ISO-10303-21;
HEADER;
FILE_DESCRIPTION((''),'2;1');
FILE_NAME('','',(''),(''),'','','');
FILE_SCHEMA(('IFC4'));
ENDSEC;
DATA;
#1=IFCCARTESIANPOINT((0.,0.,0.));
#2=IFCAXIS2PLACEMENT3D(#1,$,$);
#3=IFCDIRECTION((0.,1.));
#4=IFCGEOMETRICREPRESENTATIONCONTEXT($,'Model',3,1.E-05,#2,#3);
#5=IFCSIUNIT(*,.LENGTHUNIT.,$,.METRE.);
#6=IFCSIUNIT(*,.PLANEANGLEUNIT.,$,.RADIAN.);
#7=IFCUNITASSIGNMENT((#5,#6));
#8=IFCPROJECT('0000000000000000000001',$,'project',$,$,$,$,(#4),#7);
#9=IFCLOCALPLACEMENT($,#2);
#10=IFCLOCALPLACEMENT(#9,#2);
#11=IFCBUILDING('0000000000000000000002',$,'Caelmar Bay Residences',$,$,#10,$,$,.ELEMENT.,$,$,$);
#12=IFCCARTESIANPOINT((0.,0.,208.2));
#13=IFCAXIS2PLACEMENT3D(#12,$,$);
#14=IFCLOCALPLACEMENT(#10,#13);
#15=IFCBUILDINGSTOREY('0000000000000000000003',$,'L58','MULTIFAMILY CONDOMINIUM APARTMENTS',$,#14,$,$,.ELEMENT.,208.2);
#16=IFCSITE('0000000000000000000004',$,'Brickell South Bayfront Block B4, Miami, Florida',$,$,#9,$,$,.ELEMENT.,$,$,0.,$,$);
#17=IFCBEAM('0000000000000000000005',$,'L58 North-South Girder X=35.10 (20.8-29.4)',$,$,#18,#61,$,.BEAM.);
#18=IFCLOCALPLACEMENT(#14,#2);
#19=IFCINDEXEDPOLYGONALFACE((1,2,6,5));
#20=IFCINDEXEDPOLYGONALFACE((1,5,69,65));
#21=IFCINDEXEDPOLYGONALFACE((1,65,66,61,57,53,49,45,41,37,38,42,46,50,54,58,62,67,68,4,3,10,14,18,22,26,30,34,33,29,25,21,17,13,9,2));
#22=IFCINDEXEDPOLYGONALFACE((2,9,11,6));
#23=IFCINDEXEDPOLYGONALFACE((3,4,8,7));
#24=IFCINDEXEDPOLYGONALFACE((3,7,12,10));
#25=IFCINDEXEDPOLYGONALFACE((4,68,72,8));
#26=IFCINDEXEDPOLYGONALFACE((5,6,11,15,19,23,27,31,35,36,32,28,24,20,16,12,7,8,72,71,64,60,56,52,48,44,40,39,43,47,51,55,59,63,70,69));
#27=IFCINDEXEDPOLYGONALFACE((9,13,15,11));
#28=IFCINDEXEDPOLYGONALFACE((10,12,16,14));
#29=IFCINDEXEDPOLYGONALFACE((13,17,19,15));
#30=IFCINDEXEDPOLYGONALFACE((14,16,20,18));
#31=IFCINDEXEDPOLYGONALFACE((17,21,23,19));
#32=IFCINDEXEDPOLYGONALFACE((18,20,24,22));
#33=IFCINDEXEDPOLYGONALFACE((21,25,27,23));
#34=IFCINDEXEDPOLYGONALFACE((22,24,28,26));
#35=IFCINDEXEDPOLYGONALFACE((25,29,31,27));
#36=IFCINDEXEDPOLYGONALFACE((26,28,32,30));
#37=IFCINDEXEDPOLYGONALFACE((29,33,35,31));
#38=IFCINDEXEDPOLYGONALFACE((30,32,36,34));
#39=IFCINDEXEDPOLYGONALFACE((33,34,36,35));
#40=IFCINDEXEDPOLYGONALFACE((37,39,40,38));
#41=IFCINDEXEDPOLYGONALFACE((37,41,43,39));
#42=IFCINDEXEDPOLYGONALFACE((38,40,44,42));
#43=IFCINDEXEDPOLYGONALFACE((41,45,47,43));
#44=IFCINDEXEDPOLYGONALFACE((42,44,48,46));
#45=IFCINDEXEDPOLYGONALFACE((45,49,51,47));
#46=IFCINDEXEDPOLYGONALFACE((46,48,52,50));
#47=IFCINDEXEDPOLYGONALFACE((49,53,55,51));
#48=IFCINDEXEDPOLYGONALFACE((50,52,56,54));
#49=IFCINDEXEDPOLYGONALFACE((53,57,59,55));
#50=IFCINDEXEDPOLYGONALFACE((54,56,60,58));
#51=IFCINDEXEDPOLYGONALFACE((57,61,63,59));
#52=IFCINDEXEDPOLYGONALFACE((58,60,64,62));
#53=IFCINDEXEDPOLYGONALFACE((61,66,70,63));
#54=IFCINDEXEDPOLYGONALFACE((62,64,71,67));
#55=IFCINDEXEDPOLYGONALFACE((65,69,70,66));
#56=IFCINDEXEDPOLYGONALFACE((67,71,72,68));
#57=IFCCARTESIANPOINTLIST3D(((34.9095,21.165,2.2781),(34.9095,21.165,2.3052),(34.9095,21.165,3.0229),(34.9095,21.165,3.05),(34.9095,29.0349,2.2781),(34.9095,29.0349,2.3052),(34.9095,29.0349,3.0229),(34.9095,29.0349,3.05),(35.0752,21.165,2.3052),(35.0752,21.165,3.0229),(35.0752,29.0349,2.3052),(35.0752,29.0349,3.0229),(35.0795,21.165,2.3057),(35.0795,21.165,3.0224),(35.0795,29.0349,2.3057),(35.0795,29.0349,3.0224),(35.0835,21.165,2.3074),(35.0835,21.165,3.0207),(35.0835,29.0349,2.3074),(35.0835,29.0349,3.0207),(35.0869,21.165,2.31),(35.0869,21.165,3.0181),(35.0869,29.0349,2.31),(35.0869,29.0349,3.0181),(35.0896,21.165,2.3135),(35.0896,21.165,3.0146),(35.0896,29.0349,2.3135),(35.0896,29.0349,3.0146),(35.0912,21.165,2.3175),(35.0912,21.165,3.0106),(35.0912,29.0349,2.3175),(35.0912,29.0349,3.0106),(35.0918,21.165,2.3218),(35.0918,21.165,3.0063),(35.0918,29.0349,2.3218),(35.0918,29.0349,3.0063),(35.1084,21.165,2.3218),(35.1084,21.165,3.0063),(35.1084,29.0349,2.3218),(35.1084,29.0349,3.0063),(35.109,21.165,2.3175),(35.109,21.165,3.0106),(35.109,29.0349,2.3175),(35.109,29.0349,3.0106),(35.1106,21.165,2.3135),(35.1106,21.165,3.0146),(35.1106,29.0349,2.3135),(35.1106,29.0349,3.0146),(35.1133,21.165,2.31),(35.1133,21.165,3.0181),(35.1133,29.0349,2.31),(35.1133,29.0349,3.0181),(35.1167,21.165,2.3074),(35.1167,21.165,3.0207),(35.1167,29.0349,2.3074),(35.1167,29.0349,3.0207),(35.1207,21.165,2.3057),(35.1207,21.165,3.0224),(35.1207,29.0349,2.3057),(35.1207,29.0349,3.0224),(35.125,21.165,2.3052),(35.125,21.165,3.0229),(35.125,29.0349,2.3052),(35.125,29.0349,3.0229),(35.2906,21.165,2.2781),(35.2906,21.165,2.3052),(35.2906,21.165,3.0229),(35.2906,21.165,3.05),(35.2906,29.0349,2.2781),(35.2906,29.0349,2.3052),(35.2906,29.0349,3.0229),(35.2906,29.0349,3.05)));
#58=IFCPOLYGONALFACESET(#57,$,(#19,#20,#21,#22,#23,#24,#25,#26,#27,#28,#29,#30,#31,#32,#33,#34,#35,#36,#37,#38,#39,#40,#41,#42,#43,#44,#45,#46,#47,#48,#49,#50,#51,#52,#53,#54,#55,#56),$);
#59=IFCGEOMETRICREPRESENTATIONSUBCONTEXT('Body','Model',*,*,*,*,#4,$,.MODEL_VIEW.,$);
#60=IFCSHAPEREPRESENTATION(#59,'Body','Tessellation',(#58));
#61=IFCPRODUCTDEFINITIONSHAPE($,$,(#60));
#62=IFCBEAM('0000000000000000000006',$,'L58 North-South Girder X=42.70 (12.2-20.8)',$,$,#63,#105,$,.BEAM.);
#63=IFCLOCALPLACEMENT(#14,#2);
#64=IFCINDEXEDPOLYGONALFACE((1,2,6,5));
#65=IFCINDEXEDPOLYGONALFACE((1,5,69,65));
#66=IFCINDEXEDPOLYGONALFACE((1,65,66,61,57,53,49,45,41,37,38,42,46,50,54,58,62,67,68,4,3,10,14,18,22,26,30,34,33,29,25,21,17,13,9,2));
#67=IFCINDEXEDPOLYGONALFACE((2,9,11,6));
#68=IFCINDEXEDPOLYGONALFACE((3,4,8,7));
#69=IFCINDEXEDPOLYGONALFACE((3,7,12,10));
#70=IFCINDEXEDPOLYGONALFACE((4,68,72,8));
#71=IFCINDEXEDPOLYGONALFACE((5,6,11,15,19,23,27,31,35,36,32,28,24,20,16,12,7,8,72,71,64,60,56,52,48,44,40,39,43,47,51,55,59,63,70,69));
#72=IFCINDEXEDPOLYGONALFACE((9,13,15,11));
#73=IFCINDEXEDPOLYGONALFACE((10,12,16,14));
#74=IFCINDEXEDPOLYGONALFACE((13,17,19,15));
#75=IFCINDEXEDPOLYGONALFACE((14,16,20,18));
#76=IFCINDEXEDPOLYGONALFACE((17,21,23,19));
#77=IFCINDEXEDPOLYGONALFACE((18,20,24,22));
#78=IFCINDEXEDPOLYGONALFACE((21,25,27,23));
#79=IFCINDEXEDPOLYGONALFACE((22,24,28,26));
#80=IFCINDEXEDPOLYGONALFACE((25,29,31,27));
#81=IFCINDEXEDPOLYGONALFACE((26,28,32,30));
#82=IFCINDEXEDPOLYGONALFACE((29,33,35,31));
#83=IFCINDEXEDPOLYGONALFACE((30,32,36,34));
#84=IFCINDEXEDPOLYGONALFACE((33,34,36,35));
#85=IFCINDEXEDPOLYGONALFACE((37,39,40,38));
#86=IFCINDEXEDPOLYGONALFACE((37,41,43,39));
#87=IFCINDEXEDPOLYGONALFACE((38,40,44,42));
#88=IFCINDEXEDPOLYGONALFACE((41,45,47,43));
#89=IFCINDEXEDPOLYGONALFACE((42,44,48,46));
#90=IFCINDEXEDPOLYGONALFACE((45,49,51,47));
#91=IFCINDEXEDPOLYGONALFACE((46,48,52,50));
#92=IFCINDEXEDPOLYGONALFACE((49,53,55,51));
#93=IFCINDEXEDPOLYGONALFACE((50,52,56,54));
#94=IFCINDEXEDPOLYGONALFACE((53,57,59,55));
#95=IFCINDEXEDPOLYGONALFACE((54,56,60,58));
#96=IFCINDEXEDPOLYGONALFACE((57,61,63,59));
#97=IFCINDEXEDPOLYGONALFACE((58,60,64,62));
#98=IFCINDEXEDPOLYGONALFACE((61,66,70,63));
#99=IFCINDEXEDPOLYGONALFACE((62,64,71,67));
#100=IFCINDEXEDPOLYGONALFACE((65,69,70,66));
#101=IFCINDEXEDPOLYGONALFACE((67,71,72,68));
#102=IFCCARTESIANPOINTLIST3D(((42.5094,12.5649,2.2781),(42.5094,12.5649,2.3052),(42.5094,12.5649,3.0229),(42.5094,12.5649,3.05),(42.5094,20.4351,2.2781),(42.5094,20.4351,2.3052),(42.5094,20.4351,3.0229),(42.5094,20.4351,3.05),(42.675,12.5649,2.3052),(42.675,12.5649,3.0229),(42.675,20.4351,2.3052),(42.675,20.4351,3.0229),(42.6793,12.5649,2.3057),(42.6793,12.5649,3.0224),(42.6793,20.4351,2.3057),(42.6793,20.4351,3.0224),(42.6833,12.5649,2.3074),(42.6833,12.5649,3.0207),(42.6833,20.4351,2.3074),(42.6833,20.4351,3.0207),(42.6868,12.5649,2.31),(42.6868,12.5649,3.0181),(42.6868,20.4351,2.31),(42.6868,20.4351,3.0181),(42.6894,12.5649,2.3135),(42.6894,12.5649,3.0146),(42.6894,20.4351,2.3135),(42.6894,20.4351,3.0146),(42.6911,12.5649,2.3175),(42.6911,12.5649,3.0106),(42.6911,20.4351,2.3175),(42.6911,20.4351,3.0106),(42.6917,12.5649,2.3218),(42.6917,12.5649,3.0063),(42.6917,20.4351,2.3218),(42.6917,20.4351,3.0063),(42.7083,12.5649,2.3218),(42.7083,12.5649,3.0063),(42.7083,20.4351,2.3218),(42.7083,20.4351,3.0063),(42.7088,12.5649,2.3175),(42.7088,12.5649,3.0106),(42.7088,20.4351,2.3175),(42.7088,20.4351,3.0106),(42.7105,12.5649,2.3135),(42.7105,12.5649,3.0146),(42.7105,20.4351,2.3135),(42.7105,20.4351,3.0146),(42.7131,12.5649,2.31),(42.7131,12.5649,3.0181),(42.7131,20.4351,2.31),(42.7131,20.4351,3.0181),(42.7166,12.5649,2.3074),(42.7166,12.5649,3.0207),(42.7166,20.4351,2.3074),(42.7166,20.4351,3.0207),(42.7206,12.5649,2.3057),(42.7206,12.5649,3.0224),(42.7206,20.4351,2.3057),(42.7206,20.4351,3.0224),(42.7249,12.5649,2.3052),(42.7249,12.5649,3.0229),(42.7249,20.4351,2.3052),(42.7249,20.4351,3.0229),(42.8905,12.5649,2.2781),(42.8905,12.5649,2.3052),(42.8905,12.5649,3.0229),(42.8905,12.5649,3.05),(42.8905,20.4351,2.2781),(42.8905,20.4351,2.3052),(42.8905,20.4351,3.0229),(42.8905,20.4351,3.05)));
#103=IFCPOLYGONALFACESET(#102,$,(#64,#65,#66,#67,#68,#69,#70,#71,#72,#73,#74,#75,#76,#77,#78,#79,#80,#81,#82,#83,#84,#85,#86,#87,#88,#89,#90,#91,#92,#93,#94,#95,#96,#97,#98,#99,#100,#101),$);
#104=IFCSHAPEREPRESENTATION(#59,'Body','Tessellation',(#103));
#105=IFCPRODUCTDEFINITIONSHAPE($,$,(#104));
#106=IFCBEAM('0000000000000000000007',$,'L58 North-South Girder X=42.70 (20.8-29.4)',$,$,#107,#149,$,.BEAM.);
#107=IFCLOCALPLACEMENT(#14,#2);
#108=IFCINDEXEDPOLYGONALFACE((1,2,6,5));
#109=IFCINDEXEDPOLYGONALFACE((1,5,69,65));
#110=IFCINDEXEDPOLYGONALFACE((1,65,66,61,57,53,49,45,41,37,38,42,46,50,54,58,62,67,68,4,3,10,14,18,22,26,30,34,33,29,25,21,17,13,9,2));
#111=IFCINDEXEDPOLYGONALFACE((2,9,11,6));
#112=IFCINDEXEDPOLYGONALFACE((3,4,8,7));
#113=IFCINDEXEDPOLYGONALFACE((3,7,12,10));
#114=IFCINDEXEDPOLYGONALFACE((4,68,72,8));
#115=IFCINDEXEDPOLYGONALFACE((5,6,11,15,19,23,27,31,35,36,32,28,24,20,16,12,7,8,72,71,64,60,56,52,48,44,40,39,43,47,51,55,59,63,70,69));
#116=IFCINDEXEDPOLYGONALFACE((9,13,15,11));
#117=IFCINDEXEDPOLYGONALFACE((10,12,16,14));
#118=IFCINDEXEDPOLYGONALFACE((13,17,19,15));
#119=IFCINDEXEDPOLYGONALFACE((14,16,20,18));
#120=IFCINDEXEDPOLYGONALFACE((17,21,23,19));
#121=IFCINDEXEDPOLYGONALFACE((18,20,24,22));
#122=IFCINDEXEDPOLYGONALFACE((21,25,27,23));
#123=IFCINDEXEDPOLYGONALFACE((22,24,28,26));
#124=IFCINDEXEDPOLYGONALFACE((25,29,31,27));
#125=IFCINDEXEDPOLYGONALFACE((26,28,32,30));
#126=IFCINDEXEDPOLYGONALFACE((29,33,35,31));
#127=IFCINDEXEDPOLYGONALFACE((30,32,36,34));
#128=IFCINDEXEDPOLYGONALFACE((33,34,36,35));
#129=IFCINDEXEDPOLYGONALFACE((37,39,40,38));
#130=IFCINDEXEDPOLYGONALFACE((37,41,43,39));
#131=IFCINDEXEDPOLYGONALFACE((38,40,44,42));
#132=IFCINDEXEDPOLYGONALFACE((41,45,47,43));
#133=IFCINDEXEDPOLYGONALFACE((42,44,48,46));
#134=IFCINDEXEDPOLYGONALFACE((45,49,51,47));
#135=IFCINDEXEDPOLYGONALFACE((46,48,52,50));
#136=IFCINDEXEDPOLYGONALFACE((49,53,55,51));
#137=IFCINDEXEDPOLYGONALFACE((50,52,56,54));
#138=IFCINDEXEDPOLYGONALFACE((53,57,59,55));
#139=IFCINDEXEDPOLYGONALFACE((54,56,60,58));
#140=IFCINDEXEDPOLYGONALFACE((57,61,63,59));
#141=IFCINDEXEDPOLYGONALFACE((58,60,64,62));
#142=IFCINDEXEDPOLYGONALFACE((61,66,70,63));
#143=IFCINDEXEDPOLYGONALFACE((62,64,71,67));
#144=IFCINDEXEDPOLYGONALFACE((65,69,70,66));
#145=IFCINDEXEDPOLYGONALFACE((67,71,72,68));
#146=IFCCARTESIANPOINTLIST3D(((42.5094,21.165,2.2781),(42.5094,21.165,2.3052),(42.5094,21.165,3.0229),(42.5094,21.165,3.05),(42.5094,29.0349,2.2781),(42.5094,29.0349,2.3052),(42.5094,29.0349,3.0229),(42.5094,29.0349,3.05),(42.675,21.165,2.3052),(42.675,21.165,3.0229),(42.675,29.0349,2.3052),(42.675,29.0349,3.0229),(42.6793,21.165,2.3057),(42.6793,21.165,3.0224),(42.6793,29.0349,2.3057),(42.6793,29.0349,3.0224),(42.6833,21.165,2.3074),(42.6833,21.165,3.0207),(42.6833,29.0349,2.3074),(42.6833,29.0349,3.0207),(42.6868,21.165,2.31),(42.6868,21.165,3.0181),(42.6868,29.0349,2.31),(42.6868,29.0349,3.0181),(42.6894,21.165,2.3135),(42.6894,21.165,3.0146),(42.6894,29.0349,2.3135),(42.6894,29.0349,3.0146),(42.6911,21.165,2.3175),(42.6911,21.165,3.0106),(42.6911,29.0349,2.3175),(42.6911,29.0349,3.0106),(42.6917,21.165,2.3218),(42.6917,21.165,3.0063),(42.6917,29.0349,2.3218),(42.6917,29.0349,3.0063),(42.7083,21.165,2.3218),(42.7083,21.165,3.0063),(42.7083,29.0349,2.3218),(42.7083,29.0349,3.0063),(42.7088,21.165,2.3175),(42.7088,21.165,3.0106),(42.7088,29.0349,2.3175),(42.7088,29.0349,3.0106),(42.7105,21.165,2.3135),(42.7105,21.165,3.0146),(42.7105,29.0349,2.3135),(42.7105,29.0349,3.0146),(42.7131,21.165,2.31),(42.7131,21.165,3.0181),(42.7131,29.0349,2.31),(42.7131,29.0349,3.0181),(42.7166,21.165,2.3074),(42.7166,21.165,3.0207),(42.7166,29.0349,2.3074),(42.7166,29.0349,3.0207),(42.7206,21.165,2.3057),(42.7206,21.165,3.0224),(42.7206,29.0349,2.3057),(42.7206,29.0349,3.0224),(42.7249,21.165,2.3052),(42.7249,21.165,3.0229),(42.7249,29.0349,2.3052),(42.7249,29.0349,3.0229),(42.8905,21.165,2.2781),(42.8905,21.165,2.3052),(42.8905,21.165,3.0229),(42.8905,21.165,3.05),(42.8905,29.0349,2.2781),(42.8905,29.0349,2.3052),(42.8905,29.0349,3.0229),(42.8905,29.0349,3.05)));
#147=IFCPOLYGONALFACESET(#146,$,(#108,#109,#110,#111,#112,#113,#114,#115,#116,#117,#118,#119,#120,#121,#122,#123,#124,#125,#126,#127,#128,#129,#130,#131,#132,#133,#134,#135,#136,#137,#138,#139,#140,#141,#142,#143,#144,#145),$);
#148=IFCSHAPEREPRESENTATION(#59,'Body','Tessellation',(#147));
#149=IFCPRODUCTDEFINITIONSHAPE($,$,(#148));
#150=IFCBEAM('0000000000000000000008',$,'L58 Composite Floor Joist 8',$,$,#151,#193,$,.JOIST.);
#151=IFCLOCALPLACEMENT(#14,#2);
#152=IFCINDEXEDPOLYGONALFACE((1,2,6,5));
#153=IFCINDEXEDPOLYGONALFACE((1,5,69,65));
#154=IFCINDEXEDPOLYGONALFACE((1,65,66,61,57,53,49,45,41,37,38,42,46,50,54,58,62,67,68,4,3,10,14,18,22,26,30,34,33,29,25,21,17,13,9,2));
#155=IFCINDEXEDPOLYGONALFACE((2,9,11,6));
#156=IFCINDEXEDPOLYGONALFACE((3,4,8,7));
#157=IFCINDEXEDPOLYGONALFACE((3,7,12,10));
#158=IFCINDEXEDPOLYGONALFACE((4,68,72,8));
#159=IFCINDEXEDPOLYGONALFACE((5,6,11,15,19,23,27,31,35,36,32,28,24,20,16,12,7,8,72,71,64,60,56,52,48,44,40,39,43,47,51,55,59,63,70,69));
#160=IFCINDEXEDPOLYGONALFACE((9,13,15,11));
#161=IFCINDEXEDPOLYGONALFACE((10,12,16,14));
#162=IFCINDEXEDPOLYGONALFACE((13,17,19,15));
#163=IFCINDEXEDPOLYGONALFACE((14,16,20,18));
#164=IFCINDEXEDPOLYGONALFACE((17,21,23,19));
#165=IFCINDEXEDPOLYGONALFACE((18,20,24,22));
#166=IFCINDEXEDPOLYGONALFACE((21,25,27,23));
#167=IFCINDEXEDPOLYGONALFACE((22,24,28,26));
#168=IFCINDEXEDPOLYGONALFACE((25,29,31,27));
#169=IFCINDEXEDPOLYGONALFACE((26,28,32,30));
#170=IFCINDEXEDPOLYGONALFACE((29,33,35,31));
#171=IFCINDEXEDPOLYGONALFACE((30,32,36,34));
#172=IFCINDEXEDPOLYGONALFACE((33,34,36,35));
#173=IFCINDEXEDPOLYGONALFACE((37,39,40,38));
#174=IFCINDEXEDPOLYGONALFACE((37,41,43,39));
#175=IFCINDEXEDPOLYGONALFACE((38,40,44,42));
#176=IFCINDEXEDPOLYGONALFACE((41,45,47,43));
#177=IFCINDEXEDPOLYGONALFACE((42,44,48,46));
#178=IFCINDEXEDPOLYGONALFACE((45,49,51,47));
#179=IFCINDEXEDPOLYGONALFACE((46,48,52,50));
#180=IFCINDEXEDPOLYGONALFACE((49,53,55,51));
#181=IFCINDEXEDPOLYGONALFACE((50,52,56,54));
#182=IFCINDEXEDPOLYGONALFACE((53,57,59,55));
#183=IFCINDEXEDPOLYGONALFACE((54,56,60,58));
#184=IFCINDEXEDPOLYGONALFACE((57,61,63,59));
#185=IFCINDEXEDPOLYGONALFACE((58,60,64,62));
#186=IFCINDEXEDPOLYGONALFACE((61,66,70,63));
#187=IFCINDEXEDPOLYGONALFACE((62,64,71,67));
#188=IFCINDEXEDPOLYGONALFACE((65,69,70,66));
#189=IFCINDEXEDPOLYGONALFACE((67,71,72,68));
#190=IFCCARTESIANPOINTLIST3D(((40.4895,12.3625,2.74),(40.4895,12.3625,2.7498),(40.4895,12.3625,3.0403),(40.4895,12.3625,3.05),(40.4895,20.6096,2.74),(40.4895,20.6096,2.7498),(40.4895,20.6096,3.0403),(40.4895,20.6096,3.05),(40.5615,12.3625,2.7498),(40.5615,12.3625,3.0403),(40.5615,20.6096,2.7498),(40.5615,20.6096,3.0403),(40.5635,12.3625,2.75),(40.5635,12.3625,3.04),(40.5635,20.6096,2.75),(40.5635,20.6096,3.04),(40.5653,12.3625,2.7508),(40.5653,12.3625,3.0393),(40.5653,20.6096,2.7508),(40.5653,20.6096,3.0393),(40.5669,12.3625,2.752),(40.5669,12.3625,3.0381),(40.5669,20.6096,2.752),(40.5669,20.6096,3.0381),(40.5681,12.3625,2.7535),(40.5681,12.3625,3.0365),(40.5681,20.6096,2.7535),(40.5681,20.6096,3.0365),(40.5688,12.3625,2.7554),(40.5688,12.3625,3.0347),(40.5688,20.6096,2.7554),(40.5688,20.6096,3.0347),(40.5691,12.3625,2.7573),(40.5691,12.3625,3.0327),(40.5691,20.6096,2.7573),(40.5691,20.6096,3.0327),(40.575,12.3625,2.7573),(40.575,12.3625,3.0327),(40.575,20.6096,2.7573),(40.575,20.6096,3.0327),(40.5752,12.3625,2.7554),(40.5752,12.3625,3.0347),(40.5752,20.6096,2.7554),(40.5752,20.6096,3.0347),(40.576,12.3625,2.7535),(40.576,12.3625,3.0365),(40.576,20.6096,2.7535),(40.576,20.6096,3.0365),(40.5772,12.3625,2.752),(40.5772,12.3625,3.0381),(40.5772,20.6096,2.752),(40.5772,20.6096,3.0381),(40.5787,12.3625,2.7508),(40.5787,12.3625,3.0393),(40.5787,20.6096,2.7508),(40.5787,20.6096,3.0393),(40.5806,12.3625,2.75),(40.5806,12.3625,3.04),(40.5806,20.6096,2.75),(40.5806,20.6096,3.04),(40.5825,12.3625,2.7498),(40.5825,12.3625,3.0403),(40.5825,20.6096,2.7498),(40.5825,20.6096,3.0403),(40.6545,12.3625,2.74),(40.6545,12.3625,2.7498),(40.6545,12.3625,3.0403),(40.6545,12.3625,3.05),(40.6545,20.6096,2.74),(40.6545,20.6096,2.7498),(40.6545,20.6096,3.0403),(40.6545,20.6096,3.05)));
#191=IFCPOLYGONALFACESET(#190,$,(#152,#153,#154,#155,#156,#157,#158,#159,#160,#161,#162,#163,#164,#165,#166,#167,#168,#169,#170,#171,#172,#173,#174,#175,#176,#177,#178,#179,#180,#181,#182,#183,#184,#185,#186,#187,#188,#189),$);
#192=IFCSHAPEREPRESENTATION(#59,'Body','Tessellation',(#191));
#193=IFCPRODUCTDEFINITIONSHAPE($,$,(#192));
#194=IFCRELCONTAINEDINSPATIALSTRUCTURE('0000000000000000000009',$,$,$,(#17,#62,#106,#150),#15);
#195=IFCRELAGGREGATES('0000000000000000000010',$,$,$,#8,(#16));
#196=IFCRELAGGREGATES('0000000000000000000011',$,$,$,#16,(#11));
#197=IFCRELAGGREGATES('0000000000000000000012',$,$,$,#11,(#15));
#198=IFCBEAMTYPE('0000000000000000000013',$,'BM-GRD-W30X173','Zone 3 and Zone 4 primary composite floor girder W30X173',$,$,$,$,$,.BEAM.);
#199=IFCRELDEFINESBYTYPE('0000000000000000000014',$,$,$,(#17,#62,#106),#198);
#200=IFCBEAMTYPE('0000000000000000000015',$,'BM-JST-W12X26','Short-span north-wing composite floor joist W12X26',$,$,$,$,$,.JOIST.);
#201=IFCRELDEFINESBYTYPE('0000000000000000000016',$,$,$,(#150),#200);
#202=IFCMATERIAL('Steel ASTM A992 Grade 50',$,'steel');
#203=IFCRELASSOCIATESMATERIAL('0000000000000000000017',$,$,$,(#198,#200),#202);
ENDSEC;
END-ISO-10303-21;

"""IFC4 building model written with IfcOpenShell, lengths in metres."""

from ifc_helpers import new_model, si_unit, direction, frame, origin, origin_2d, place, context, subcontext, project, spatial, i_section, extrude, material, material_profile, profile_set, type_object, element, save


model = new_model("IFC4")

# Units and contexts
model_context = context("Model", 3, precision=1e-05, world=origin(), true_north=direction((0.0, 1.0)))
body_context = subcontext(model_context, "Body", "Model", "MODEL_VIEW")
ifc_project = project(units=[si_unit("LENGTHUNIT", "METRE"), si_unit("PLANEANGLEUNIT", "RADIAN")], contexts=[model_context])

# Site, building, storey
site_placement = place(None, origin())
site = spatial("IfcSite", under=ifc_project, at=site_placement, Name="Brickell South Bayfront Block B4, Miami, Florida", CompositionType="ELEMENT", RefElevation=0.0)
building_placement = place(site_placement, origin())
building = spatial("IfcBuilding", under=site, at=building_placement, Name="Caelmar Bay Residences", CompositionType="ELEMENT")
storey_placement = place(building_placement, frame((0.0, 0.0, 208.2)))
storey = spatial("IfcBuildingStorey", under=building, at=storey_placement, Name="L58", Description="MULTIFAMILY CONDOMINIUM APARTMENTS", CompositionType="ELEMENT", Elevation=208.2)

# Beams
ifc_material_1 = material(Name="Steel ASTM A992 Grade 50", Category="steel")
ifc_material_profile_1 = material_profile(ifc_material_1, i_section(OverallWidth=0.3811, OverallDepth=0.772, WebThickness=0.0166, FlangeThickness=0.0271, FilletRadius=0.0166, at=origin_2d()), Name="W30X173")
ifc_profile_set_1 = profile_set([ifc_material_profile_1], Name="Steel ASTM A992 Grade 50")
beam_type_1 = type_object("IfcBeamType", Name="BM-GRD-W30X173", Description="Zone 3 and Zone 4 primary composite floor girder W30X173", PredefinedType="BEAM", material=ifc_profile_set_1)
beam_1_placement = place(storey_placement, frame((35.1001, 21.165, 2.6641), z_axis=(0.0, 1.0, 0.0), x_axis=(-1.0, 0.0, 0.0)))
element("IfcBeam", 1, at=beam_1_placement, inside=storey, type_object=beam_type_1, Name="L58 North-South Girder X=35.10 (20.8-29.4)", PredefinedType="BEAM", context=body_context, shape_type="SweptSolid", body=[
    extrude(i_section(OverallWidth=0.3811, OverallDepth=0.772, WebThickness=0.0166, FlangeThickness=0.0271, FilletRadius=0.0166, at=origin_2d()), origin(), (0.0, 0.0, 1.0), 7.8699),
])
beam_2_placement = place(storey_placement, frame((42.7, 12.5649, 2.6641), z_axis=(0.0, 1.0, 0.0), x_axis=(-1.0, 0.0, 0.0)))
element("IfcBeam", 2, at=beam_2_placement, inside=storey, type_object=beam_type_1, Name="L58 North-South Girder X=42.70 (12.2-20.8)", PredefinedType="BEAM", context=body_context, shape_type="SweptSolid", body=[
    extrude(i_section(OverallWidth=0.3811, OverallDepth=0.772, WebThickness=0.0166, FlangeThickness=0.0271, FilletRadius=0.0166, at=origin_2d()), origin(), (0.0, 0.0, 1.0), 7.8701),
])
beam_3_placement = place(storey_placement, frame((42.7, 21.165, 2.6641), z_axis=(0.0, 1.0, 0.0), x_axis=(-1.0, 0.0, 0.0)))
element("IfcBeam", 3, at=beam_3_placement, inside=storey, type_object=beam_type_1, Name="L58 North-South Girder X=42.70 (20.8-29.4)", PredefinedType="BEAM", context=body_context, shape_type="SweptSolid", body=[
    extrude(i_section(OverallWidth=0.3811, OverallDepth=0.772, WebThickness=0.0166, FlangeThickness=0.0271, FilletRadius=0.0166, at=origin_2d()), origin(), (0.0, 0.0, 1.0), 7.8699),
])
ifc_material_profile_2 = material_profile(ifc_material_1, i_section(OverallWidth=0.165, OverallDepth=0.3101, WebThickness=0.0059, FlangeThickness=0.0098, FilletRadius=0.0076, at=origin_2d()), Name="W12X26")
ifc_profile_set_2 = profile_set([ifc_material_profile_2], Name="Steel ASTM A992 Grade 50")
beam_type_2 = type_object("IfcBeamType", Name="BM-JST-W12X26", Description="Short-span north-wing composite floor joist W12X26", PredefinedType="JOIST", material=ifc_profile_set_2)
for number, where, z_axis, x_axis, name in (
    (4, (40.572, 12.3625, 2.895), (0.0, 1.0, 0.0), (-1.0, 0.0, 0.0), "L58 Composite Floor Joist 8"),
):
    element("IfcBeam", number, at=place(storey_placement, frame(where, z_axis=z_axis, x_axis=x_axis)), inside=storey, type_object=beam_type_2, Name=name, PredefinedType="JOIST", context=body_context, shape_type="SweptSolid", body=[
        extrude(i_section(OverallWidth=0.165, OverallDepth=0.3101, WebThickness=0.0059, FlangeThickness=0.0098, FilletRadius=0.0076, at=origin_2d()), origin(), (0.0, 0.0, 1.0), 8.2471),
    ])

save(model, "model.ifc")
